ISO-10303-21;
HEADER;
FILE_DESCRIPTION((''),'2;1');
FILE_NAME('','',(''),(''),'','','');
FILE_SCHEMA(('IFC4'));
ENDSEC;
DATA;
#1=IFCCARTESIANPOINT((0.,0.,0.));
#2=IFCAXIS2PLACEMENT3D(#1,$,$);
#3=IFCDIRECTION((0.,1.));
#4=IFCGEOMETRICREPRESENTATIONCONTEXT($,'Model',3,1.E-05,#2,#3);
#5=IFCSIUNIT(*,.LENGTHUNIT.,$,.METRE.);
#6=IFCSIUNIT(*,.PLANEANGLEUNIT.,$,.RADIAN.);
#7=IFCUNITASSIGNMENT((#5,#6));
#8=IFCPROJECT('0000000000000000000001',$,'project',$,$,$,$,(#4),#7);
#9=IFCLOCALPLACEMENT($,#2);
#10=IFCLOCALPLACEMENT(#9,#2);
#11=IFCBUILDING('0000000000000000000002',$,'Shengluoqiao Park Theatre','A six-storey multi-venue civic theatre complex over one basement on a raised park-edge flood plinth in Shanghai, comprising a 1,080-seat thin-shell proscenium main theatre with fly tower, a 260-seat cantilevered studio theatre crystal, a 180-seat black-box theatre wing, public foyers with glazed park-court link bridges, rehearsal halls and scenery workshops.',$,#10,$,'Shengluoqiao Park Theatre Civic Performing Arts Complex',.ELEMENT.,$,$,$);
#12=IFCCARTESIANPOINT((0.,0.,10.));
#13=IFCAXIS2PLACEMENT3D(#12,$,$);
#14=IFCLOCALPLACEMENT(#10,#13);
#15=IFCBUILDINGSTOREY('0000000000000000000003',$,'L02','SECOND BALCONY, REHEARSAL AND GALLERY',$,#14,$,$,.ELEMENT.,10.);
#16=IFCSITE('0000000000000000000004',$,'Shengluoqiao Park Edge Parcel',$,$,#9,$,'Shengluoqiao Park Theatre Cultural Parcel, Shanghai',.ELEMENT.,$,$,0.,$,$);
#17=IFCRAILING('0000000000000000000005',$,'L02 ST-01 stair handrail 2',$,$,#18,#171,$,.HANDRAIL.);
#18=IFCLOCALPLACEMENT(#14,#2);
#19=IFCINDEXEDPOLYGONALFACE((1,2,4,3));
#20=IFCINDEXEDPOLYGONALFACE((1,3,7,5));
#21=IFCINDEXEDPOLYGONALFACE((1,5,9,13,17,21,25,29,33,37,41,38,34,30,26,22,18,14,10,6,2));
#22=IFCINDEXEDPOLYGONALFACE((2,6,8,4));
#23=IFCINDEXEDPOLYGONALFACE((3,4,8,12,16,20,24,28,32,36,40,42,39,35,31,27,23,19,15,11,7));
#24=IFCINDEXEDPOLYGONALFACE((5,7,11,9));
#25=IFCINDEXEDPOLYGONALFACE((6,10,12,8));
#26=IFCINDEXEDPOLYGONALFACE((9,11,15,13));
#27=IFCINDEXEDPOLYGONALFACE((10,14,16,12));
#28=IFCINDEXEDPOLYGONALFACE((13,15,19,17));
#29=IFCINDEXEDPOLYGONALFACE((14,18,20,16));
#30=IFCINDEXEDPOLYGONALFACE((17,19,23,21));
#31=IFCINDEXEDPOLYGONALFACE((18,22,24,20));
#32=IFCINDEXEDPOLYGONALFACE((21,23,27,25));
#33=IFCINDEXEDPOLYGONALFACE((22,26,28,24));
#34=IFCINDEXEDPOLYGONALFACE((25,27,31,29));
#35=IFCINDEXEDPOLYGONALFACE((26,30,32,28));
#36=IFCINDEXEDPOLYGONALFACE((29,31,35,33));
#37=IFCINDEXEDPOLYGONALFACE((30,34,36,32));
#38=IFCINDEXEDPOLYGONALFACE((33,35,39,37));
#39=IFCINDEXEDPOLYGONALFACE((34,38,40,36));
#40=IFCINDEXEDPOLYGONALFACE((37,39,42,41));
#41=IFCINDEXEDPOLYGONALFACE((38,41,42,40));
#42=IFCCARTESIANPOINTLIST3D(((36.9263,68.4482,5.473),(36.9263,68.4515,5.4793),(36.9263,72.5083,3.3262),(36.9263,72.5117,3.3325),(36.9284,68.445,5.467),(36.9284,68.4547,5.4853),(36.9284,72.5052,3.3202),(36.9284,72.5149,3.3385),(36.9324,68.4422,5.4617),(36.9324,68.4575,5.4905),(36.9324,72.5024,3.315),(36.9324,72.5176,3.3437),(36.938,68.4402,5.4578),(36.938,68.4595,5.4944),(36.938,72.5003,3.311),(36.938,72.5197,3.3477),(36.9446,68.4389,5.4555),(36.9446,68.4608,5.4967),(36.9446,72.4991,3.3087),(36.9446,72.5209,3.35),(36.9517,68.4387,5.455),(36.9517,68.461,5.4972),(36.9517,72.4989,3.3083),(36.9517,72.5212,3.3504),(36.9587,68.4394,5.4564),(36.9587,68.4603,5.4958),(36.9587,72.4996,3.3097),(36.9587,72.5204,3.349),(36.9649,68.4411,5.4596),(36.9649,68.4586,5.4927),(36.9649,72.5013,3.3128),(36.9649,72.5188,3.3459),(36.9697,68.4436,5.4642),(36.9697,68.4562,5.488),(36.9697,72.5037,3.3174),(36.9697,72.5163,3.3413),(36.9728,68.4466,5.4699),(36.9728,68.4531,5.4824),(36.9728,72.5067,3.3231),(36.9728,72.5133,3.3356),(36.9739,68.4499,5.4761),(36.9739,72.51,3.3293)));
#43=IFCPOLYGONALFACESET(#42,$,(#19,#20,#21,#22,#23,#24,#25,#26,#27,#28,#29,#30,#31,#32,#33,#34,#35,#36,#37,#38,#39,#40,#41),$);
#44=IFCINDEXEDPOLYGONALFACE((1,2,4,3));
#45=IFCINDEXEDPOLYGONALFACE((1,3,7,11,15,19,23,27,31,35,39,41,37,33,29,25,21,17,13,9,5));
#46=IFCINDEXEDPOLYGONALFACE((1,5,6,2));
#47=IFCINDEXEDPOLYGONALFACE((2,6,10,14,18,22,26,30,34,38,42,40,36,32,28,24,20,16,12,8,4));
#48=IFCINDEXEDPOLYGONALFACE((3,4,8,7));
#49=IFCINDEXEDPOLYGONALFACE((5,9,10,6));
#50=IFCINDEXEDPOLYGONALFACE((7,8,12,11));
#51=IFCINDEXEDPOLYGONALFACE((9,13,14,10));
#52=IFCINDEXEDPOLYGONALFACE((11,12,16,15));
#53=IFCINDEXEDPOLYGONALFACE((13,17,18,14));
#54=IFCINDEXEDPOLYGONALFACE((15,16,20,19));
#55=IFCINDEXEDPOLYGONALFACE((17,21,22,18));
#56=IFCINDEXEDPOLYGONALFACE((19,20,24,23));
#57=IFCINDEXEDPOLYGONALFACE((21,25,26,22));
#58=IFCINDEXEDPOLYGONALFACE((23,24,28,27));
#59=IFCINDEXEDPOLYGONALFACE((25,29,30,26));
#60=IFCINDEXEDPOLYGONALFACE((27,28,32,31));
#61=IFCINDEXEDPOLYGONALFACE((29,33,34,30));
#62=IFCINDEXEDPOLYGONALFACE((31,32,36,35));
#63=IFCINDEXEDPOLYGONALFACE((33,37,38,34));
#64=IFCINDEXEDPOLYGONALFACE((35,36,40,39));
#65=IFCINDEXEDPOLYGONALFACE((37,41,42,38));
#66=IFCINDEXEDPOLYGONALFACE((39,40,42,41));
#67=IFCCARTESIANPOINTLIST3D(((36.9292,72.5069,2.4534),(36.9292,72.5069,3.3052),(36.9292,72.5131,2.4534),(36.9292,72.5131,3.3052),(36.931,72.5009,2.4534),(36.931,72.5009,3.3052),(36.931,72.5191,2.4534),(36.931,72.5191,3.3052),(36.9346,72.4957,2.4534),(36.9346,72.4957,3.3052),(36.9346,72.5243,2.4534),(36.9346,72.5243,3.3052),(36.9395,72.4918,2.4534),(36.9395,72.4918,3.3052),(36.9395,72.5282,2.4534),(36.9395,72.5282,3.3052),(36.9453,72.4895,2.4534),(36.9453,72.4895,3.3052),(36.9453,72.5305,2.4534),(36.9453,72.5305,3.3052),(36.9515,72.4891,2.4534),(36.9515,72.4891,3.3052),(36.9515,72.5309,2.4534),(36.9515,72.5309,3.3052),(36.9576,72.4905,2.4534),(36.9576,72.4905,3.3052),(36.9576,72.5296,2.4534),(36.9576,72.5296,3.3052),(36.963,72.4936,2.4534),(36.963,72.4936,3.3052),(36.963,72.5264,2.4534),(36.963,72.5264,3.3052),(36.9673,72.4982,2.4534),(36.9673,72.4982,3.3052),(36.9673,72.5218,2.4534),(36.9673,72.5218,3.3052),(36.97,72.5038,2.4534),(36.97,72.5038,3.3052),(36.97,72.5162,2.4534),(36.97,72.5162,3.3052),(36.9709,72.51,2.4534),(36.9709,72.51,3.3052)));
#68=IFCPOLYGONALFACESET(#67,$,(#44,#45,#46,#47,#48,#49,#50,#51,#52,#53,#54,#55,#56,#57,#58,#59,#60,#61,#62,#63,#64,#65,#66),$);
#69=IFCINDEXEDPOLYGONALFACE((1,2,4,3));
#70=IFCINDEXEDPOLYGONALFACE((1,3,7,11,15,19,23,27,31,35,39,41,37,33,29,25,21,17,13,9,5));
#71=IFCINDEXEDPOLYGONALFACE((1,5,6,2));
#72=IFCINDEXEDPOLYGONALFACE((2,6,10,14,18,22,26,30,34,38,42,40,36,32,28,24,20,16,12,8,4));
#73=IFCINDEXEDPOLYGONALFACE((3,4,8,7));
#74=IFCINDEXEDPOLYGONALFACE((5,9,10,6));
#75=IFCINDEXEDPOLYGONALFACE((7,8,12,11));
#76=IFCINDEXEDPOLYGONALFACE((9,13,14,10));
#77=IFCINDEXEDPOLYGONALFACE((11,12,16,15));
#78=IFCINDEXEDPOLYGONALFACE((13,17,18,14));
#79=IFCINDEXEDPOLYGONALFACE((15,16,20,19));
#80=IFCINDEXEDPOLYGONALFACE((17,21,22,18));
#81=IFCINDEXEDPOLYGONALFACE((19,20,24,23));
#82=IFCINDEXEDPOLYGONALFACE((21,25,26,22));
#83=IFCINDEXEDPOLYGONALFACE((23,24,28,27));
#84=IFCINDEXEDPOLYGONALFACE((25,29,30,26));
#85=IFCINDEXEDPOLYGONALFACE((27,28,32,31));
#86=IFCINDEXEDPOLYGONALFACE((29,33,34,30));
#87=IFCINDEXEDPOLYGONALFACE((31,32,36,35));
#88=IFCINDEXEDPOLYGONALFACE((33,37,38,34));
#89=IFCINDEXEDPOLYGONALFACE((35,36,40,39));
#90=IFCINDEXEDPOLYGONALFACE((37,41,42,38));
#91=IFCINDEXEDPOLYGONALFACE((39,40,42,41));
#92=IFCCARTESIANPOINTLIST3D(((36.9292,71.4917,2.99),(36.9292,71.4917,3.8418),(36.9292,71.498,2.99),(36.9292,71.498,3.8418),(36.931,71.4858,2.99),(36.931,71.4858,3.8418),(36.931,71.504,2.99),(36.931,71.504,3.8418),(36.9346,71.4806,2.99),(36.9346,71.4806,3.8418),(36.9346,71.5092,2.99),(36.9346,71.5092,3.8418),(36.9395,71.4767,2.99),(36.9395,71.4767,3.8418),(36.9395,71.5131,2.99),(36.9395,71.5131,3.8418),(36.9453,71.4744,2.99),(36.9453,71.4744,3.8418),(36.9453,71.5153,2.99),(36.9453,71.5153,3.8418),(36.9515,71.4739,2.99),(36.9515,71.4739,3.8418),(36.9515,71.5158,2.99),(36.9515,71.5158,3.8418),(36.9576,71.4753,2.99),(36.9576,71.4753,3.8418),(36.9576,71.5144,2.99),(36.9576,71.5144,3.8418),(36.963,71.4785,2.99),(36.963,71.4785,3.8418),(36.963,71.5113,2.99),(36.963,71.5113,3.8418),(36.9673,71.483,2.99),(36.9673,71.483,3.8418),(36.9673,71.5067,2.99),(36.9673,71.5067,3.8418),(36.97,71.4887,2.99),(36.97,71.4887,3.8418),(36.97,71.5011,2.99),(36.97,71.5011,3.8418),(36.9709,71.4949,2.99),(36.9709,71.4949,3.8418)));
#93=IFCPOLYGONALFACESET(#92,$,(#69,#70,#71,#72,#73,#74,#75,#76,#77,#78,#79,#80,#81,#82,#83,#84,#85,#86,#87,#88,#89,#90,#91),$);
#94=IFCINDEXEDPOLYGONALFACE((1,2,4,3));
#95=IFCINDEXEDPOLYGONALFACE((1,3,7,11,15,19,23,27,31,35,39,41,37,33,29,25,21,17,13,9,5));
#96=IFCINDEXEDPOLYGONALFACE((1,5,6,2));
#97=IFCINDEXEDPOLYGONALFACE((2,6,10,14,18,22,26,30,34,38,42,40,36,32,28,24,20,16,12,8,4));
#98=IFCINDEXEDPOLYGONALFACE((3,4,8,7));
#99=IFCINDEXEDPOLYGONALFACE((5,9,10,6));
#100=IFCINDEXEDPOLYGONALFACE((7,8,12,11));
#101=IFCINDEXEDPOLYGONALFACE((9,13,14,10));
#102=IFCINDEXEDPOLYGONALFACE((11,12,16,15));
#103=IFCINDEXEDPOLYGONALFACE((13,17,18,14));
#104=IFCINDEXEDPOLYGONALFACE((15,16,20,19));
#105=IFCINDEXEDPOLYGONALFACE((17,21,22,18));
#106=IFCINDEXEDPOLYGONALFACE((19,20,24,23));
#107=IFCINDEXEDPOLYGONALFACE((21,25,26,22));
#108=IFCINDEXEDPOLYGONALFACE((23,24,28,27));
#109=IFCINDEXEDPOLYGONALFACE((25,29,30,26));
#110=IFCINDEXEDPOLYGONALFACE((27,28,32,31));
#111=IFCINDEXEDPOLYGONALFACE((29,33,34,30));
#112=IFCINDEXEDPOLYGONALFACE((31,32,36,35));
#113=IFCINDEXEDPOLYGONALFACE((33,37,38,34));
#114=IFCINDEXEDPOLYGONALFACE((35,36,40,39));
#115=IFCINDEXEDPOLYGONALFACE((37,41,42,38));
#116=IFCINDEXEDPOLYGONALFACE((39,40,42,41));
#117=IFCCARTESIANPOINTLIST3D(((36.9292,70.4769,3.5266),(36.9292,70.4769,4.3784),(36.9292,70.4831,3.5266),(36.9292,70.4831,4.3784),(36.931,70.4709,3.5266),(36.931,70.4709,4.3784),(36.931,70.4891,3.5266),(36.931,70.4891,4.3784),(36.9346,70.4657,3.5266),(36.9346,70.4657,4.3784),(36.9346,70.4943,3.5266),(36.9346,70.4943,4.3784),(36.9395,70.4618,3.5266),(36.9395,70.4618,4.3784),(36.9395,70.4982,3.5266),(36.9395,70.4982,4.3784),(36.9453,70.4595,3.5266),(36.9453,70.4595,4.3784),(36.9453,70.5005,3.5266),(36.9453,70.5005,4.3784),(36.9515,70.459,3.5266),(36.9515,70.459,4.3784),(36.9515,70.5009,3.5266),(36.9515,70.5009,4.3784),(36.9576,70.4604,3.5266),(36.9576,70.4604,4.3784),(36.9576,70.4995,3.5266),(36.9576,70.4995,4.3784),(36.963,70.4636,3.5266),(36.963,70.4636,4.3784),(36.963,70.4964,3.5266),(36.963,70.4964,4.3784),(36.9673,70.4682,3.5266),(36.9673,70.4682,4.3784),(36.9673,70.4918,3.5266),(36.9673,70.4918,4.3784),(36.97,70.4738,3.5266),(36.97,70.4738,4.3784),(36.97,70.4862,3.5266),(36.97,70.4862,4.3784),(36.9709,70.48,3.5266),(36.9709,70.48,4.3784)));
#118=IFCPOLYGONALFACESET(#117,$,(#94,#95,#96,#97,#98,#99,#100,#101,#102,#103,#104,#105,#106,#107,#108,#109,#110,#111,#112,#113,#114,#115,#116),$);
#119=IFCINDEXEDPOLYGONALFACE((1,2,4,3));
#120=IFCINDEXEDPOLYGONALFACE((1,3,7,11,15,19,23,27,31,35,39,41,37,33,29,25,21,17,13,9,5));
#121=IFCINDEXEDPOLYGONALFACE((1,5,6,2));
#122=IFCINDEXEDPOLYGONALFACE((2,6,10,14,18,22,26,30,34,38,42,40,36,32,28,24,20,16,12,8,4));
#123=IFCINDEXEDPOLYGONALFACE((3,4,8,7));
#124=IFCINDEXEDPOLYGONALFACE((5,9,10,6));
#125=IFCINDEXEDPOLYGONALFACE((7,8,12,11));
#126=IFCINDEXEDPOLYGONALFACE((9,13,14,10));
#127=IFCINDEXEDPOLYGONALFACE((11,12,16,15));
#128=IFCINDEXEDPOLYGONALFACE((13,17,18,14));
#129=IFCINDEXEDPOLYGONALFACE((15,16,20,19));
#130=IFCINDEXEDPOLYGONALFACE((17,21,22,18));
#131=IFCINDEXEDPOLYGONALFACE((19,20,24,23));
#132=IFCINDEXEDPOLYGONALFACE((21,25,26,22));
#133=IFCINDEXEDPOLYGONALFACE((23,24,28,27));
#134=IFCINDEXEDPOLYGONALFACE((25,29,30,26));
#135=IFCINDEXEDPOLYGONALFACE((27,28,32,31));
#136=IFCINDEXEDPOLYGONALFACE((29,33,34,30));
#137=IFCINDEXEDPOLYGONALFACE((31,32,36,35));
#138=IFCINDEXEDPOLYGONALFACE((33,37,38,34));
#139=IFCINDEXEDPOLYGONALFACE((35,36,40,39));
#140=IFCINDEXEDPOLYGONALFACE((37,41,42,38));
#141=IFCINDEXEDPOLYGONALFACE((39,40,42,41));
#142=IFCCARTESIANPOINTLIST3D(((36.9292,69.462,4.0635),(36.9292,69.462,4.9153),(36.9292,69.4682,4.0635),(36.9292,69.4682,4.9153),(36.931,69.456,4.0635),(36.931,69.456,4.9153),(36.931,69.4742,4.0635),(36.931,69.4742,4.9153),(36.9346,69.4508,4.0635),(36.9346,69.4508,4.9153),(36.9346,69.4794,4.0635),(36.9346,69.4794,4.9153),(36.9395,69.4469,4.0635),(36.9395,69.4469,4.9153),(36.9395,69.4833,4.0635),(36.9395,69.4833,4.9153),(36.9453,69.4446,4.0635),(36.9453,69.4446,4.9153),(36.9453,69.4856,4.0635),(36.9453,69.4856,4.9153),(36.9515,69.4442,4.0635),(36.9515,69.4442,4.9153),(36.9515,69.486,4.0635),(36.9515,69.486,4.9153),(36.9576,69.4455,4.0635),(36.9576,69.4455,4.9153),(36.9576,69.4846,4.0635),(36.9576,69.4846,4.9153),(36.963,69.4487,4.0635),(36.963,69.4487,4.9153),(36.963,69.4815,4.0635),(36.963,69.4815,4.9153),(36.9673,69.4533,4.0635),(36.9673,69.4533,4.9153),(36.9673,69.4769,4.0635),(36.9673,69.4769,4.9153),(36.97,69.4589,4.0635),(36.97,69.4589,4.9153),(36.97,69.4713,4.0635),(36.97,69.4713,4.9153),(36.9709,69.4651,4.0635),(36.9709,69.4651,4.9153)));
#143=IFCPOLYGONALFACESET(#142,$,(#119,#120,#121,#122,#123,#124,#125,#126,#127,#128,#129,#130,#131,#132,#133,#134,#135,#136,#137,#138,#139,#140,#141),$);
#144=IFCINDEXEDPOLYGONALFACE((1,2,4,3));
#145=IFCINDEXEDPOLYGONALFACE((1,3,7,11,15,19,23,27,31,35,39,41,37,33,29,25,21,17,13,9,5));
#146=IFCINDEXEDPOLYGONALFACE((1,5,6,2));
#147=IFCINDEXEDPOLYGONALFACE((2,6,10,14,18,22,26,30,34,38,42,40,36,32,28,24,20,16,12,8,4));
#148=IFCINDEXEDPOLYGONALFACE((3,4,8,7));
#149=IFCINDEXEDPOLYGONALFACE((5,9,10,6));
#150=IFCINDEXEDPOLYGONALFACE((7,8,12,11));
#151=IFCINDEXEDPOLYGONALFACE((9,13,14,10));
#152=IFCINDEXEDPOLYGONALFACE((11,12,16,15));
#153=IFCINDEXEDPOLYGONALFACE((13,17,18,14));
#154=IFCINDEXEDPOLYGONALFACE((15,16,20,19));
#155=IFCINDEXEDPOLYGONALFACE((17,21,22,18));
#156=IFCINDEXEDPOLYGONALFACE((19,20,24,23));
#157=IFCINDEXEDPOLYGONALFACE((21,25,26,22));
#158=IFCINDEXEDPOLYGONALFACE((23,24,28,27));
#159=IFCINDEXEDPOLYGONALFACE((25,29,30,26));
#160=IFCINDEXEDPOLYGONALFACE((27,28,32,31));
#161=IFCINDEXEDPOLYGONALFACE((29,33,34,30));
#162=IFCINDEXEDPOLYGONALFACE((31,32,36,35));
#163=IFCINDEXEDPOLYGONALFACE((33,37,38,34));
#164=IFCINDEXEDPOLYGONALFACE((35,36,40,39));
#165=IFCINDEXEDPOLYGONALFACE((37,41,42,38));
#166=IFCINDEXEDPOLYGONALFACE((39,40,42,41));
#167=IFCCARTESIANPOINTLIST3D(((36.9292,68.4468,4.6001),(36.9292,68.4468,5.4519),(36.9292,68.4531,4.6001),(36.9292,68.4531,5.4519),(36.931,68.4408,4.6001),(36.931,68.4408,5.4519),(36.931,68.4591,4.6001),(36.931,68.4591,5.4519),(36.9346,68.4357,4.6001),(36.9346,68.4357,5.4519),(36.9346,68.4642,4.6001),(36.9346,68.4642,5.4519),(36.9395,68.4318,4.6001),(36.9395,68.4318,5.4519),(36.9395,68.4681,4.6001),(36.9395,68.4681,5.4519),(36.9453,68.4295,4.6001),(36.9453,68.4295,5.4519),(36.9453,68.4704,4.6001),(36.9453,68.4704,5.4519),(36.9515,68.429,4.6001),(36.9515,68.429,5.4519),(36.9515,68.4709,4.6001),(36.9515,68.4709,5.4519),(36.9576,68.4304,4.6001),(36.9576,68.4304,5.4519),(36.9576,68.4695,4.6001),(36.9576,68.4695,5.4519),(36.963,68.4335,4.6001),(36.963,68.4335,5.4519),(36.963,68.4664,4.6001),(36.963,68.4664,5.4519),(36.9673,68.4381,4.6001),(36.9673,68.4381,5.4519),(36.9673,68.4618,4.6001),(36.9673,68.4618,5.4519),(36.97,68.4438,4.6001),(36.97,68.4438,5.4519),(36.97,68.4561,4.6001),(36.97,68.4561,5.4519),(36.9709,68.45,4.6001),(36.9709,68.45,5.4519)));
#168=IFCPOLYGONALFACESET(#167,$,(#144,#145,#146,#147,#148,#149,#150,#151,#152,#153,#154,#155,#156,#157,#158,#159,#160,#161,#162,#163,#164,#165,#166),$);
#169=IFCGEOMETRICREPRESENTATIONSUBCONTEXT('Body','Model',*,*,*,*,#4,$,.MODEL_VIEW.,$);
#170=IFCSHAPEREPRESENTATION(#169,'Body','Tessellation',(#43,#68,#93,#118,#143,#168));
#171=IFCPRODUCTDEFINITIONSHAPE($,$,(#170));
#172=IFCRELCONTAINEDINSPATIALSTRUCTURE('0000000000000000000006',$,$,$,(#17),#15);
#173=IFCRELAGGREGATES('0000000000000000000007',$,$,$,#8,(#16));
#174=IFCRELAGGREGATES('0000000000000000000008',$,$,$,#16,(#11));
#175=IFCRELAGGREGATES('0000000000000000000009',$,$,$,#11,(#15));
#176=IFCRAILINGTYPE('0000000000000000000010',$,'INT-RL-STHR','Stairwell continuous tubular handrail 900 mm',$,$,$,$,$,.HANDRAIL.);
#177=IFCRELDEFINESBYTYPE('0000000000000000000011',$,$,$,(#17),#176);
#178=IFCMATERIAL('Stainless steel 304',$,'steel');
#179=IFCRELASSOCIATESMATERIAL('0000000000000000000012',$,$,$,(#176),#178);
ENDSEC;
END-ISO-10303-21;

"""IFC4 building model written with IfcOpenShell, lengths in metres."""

from ifc_helpers import new_model, si_unit, direction, frame, origin, origin_2d, place, context, subcontext, project, spatial, circle, extrude, material, type_object, element, save


model = new_model("IFC4")

# Units and contexts
model_context = context("Model", 3, precision=1e-05, world=origin(), true_north=direction((0.0, 1.0)))
body_context = subcontext(model_context, "Body", "Model", "MODEL_VIEW")
ifc_project = project(units=[si_unit("LENGTHUNIT", "METRE"), si_unit("PLANEANGLEUNIT", "RADIAN")], contexts=[model_context])

# Site, building, storey
site_placement = place(None, origin())
site = spatial("IfcSite", under=ifc_project, at=site_placement, Name="Shengluoqiao Park Edge Parcel", LongName="Shengluoqiao Park Theatre Cultural Parcel, Shanghai", CompositionType="ELEMENT", RefElevation=0.0)
building_placement = place(site_placement, origin())
building = spatial("IfcBuilding", under=site, at=building_placement, Name="Shengluoqiao Park Theatre", Description="A six-storey multi-venue civic theatre complex over one basement on a raised park-edge flood plinth in Shanghai, comprising a 1,080-seat thin-shell proscenium main theatre with fly tower, a 260-seat cantilevered studio theatre crystal, a 180-seat black-box theatre wing, public foyers with glazed park-court link bridges, rehearsal halls and scenery workshops.", LongName="Shengluoqiao Park Theatre Civic Performing Arts Complex", CompositionType="ELEMENT")
storey_placement = place(building_placement, frame((0.0, 0.0, 10.0)))
storey = spatial("IfcBuildingStorey", under=building, at=storey_placement, Name="L02", Description="SECOND BALCONY, REHEARSAL AND GALLERY", CompositionType="ELEMENT", Elevation=10.0)

# Railing
ifc_material_1 = material(Name="Stainless steel 304", Category="steel")
railing_type_1 = type_object("IfcRailingType", Name="INT-RL-STHR", Description="Stairwell continuous tubular handrail 900 mm", PredefinedType="HANDRAIL", material=ifc_material_1)
railing_1_placement = place(storey_placement, frame((36.95, 72.51, 2.4534)))
element("IfcRailing", 1, at=railing_1_placement, inside=storey, type_object=railing_type_1, Name="L02 ST-01 stair handrail 2", PredefinedType="HANDRAIL", context=body_context, shape_type="SweptSolid", body=[
    extrude(circle(Radius=0.0239, at=origin_2d()), frame((0.0, 0.0, 0.876), z_axis=(0.0, -0.884032, 0.467426), x_axis=(1.0, 0.0, 0.0)), (0.0, 0.0, 1.0), 4.5928),
    extrude(circle(Radius=0.021, at=origin_2d()), origin(), (0.0, 0.0, 1.0), 0.8518),
    extrude(circle(Radius=0.021, at=origin_2d()), frame((0.0, -1.0151, 0.5366)), (0.0, 0.0, 1.0), 0.8518),
    extrude(circle(Radius=0.021, at=origin_2d()), frame((0.0, -2.03, 1.0732)), (0.0, 0.0, 1.0), 0.8518),
    extrude(circle(Radius=0.021, at=origin_2d()), frame((0.0, -3.0449, 1.6101)), (0.0, 0.0, 1.0), 0.8518),
    extrude(circle(Radius=0.021, at=origin_2d()), frame((0.0, -4.0601, 2.1467)), (0.0, 0.0, 1.0), 0.8518),
])

save(model, "model.ifc")
